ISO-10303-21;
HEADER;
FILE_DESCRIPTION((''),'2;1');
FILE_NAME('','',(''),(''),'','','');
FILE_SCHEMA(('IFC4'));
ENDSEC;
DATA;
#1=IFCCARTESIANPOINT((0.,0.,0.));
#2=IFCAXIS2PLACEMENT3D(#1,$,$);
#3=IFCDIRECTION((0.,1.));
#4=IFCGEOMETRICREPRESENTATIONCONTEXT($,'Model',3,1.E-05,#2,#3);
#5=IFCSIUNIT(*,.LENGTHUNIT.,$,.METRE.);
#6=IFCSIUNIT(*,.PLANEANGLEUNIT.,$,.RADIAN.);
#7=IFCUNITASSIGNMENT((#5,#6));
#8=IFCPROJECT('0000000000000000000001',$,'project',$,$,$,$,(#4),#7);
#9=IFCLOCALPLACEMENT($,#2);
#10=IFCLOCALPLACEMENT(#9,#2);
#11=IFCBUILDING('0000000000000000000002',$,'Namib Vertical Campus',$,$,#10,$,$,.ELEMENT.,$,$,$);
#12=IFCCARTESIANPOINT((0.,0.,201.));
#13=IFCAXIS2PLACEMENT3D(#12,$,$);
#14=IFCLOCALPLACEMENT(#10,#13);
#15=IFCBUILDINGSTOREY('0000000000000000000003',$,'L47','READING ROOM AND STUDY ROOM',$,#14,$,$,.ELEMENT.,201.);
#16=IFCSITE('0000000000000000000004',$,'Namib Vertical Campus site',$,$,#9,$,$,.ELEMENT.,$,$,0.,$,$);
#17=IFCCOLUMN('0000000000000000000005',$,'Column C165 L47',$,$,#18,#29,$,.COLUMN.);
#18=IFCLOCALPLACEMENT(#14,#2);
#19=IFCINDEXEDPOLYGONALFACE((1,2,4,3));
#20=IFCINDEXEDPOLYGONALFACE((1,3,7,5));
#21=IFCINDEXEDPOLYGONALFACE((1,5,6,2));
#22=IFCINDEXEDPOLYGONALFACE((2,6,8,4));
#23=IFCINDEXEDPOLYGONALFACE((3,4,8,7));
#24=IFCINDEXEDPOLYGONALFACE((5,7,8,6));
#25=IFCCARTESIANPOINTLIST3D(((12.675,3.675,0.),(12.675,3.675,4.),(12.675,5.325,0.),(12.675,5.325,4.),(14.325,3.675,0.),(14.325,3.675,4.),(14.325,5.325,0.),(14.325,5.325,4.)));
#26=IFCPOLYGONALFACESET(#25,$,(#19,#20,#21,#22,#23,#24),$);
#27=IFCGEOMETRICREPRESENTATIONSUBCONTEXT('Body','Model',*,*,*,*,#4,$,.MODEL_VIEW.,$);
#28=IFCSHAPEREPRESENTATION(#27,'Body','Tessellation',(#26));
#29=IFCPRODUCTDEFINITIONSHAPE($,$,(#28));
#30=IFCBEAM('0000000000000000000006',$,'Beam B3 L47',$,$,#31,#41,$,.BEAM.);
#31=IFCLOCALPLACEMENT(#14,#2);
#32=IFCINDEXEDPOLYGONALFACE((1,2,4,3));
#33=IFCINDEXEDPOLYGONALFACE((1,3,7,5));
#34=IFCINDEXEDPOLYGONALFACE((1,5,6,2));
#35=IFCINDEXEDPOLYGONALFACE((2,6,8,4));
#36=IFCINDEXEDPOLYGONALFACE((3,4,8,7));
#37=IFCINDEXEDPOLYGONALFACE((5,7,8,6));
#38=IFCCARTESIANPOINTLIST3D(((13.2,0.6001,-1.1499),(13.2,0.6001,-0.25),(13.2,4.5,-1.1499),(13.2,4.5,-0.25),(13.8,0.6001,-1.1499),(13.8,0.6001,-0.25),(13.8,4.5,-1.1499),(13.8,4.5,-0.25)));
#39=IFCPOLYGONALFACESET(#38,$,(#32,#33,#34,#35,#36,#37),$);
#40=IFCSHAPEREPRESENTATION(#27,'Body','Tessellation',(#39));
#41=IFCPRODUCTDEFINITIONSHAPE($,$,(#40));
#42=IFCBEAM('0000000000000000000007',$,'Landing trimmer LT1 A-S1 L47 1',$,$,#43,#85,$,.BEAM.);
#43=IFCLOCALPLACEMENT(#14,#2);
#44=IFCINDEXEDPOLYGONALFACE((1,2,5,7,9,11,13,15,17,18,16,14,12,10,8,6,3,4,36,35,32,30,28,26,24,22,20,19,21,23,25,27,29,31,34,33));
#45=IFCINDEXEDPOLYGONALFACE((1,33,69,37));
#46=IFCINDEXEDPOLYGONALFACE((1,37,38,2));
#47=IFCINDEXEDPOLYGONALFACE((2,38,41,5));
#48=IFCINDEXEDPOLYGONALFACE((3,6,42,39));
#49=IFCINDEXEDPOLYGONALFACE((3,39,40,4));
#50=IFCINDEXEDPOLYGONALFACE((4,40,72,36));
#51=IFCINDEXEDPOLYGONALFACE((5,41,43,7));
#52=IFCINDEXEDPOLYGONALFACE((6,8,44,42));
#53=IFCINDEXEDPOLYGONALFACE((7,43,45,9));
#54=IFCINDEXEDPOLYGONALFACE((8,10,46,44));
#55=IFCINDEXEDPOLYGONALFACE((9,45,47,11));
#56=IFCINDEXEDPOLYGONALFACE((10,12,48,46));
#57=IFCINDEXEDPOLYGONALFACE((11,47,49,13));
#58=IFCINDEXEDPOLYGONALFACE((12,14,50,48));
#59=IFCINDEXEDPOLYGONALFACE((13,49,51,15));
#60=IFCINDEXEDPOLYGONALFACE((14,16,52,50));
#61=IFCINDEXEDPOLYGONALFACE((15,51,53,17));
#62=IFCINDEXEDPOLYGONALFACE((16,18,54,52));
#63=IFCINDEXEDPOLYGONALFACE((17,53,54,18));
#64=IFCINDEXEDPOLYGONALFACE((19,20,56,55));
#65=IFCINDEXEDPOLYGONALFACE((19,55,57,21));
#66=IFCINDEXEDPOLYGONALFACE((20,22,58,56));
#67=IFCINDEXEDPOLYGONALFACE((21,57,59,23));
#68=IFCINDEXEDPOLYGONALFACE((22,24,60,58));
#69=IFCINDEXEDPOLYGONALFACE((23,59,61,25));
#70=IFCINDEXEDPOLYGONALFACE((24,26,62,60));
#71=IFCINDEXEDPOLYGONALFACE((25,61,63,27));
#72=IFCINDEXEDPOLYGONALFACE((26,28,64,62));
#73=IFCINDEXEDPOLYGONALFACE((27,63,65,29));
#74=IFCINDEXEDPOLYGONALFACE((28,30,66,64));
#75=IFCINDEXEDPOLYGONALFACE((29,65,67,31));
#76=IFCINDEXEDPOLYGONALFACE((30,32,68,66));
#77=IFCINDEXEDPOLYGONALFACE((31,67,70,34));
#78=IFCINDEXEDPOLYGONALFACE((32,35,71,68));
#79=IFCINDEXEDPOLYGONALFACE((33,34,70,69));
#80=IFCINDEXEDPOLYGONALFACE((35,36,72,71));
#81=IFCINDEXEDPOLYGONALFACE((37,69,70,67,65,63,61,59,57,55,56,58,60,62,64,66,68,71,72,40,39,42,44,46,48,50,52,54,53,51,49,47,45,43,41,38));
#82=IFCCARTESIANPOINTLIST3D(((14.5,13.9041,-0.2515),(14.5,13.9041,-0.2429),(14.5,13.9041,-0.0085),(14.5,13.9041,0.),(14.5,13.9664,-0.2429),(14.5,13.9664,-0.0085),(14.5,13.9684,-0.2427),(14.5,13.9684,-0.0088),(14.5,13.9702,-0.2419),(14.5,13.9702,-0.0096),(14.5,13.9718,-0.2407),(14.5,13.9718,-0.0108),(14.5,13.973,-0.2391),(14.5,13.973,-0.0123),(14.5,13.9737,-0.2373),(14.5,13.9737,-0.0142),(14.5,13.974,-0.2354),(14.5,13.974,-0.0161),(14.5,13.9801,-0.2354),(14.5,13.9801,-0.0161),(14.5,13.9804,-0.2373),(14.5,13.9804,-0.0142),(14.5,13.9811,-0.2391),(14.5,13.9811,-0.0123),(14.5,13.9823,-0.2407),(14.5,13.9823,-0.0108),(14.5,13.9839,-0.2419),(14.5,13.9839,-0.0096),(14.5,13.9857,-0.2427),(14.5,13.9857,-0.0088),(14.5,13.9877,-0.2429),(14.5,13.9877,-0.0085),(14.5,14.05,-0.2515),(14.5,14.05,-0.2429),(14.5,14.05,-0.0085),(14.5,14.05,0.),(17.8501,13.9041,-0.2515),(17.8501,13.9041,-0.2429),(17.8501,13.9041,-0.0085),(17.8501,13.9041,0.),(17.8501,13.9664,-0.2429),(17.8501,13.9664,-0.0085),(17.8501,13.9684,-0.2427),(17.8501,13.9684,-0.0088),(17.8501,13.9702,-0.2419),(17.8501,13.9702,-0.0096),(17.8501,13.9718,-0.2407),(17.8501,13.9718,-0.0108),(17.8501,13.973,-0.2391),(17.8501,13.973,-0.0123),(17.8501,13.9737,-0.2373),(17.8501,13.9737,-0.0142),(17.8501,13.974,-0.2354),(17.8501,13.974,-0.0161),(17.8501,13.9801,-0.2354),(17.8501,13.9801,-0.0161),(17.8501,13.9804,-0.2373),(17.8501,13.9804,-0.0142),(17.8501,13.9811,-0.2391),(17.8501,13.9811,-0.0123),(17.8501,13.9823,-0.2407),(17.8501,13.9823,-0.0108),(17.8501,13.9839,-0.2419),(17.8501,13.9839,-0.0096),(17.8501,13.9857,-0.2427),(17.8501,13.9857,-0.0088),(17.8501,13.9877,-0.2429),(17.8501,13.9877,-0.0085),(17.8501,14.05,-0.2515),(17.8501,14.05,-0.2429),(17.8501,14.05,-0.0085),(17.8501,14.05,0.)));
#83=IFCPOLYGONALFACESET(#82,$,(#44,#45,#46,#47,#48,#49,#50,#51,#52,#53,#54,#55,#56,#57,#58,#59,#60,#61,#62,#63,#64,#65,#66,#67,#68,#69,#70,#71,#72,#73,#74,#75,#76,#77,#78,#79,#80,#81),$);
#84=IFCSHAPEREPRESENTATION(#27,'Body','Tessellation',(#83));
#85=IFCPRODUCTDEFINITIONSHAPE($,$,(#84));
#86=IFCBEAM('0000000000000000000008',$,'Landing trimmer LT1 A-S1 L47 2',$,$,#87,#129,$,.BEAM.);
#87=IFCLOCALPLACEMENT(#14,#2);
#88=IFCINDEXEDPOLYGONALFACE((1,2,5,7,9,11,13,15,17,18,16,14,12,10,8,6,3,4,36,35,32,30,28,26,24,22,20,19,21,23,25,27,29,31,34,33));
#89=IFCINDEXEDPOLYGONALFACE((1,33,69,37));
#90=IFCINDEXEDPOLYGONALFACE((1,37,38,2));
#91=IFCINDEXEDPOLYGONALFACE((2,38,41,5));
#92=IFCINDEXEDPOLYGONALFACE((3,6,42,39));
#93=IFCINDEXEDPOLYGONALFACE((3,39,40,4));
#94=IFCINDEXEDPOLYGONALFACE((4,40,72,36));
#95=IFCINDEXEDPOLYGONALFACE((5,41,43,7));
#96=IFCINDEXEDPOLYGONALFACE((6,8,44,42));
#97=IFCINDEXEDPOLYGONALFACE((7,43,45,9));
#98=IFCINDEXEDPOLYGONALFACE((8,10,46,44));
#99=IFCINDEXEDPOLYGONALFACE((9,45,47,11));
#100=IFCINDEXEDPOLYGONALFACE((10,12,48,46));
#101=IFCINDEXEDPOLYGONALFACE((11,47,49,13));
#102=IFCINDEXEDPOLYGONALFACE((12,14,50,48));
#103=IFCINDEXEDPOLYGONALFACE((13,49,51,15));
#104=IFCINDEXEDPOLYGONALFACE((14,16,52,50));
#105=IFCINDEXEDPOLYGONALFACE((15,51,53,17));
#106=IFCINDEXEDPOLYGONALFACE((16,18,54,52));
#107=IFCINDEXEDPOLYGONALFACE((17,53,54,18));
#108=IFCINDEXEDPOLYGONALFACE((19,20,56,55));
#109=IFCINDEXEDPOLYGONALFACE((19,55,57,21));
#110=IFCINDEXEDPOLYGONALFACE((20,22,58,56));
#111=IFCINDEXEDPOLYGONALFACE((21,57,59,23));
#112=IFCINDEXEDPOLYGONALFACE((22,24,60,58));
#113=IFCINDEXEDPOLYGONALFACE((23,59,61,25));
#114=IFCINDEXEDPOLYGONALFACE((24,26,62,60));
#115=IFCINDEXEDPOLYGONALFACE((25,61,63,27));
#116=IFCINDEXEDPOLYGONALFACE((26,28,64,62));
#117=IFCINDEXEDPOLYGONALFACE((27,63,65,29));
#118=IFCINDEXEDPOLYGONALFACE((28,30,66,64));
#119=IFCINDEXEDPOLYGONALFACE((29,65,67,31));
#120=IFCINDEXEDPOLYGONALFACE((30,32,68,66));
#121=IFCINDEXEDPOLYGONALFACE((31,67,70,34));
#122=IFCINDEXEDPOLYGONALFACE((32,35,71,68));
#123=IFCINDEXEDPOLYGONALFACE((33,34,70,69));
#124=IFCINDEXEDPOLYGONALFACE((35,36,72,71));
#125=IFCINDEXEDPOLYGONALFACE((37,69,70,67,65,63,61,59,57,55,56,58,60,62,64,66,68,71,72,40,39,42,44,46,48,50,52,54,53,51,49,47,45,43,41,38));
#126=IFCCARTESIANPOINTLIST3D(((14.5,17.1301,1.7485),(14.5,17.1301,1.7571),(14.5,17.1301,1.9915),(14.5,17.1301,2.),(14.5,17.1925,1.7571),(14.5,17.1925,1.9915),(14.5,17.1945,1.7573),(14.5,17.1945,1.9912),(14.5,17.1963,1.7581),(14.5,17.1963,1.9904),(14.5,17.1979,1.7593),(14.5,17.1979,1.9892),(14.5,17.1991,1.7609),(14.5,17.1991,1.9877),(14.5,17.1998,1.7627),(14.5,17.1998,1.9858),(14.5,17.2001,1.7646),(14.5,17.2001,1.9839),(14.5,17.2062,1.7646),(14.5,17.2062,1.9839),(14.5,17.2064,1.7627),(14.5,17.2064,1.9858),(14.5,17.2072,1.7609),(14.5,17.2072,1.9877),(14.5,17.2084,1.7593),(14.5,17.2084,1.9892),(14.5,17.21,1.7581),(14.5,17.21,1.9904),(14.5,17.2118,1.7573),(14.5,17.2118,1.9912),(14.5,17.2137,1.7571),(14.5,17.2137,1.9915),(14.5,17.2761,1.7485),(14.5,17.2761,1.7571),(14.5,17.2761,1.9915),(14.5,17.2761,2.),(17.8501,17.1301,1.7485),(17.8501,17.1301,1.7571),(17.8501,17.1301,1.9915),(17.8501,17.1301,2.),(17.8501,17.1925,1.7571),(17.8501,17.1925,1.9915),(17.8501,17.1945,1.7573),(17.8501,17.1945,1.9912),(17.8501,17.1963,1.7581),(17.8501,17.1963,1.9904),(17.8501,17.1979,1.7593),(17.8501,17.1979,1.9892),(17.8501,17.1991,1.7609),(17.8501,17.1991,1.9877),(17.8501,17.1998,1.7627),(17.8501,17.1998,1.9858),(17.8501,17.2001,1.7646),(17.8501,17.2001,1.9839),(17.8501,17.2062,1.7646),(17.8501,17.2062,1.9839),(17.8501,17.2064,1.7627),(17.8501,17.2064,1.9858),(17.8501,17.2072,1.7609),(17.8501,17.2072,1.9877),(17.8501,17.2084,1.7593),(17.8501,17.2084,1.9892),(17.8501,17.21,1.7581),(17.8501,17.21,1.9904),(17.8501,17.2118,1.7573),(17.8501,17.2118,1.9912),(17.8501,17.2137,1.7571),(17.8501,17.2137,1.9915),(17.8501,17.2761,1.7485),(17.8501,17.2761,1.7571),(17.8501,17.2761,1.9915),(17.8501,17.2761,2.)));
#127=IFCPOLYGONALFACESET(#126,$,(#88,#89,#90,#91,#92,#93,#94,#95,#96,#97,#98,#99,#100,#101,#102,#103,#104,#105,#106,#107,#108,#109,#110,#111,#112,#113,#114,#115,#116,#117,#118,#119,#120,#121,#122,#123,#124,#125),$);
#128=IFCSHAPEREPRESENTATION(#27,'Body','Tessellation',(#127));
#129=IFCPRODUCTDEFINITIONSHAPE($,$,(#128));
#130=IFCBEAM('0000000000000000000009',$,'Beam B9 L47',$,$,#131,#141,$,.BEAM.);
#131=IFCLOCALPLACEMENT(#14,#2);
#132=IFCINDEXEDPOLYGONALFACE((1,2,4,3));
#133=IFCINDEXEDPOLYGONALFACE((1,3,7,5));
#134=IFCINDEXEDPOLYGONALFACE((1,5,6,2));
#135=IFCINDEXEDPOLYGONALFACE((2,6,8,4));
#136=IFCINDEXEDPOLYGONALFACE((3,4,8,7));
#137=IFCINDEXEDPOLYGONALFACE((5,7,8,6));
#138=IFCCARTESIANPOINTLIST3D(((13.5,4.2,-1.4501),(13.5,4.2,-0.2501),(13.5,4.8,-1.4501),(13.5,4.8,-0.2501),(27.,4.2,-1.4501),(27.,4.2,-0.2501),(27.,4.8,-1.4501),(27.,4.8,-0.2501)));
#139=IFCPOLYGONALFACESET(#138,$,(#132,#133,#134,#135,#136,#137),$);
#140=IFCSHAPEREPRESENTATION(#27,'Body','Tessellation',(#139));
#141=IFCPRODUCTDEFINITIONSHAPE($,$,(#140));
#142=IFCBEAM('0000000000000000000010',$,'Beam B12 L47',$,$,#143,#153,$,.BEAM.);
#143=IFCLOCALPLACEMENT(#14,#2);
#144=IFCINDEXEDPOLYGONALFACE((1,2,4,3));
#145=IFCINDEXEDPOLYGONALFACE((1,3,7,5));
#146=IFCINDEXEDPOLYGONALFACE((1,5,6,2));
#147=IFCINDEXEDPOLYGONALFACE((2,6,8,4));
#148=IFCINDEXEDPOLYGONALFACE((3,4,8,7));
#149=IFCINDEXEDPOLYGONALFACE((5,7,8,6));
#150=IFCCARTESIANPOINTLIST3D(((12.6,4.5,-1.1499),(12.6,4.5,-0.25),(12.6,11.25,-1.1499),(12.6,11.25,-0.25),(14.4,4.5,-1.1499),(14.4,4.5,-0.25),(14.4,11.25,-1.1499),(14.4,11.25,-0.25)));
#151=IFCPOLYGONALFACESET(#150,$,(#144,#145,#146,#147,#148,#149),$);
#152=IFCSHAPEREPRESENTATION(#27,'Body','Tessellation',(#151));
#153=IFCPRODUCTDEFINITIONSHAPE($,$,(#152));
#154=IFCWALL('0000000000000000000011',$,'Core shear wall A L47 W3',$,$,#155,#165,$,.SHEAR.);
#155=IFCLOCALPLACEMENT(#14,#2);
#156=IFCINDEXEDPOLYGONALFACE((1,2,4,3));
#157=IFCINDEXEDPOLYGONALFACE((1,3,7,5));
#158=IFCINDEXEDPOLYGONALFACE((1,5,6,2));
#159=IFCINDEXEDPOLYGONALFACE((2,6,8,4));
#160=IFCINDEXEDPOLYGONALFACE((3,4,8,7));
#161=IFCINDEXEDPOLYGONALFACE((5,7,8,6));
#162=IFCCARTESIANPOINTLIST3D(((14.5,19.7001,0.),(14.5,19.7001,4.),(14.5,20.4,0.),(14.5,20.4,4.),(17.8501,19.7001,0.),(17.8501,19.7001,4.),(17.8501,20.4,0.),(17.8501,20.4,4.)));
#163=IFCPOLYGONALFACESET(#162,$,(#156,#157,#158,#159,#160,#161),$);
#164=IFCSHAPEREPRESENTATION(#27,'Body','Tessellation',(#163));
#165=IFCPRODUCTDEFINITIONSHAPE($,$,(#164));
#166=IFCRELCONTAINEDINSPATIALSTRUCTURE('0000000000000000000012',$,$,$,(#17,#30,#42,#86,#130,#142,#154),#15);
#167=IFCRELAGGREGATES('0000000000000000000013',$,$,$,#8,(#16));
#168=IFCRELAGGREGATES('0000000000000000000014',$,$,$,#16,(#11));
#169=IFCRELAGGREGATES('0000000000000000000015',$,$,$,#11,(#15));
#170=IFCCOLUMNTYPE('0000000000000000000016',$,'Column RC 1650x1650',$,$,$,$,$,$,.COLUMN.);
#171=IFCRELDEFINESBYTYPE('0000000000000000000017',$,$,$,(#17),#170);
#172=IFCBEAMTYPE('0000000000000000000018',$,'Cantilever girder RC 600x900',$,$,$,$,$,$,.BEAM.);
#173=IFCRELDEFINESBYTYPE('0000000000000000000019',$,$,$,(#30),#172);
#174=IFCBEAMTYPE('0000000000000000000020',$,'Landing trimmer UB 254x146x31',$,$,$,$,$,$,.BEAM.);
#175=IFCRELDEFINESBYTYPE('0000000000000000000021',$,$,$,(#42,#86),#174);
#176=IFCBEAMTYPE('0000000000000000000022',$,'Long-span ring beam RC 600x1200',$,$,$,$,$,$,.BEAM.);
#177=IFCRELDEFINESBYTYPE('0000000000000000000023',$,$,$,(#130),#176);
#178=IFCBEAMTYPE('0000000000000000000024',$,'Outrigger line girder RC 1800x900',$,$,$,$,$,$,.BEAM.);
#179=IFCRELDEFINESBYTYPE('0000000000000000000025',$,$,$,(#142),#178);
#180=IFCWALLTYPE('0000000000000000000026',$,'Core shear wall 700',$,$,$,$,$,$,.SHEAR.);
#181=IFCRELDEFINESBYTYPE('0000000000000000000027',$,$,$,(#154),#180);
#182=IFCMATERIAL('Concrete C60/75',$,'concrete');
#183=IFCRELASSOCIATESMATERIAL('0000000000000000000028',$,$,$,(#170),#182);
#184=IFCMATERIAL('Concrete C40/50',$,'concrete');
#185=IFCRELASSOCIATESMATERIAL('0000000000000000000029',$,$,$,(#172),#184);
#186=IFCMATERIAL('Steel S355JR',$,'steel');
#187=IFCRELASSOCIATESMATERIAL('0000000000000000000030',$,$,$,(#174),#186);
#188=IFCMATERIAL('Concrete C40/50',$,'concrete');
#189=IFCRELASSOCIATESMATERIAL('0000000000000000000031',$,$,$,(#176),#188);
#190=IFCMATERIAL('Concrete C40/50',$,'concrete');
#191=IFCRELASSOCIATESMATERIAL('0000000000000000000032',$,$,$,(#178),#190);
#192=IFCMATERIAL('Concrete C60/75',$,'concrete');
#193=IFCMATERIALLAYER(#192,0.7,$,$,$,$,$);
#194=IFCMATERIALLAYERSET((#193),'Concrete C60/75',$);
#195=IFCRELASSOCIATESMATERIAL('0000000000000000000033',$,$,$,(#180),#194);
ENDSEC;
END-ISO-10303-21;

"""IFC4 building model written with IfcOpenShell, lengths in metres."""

from ifc_helpers import new_model, si_unit, direction, frame, frame_2d, origin, origin_2d, place, context, subcontext, project, spatial, rectangle, i_section, extrude, material, layer, layer_set, material_profile, profile_set, type_object, element, save


model = new_model("IFC4")

# Units and contexts
model_context = context("Model", 3, precision=1e-05, world=origin(), true_north=direction((0.0, 1.0)))
body_context = subcontext(model_context, "Body", "Model", "MODEL_VIEW")
ifc_project = project(units=[si_unit("LENGTHUNIT", "METRE"), si_unit("PLANEANGLEUNIT", "RADIAN")], contexts=[model_context])

# Site, building, storey
site_placement = place(None, origin())
site = spatial("IfcSite", under=ifc_project, at=site_placement, Name="Namib Vertical Campus site", CompositionType="ELEMENT", RefElevation=0.0)
building_placement = place(site_placement, origin())
building = spatial("IfcBuilding", under=site, at=building_placement, Name="Namib Vertical Campus", CompositionType="ELEMENT")
storey_placement = place(building_placement, frame((0.0, 0.0, 201.0)))
storey = spatial("IfcBuildingStorey", under=building, at=storey_placement, Name="L47", Description="READING ROOM AND STUDY ROOM", CompositionType="ELEMENT", Elevation=201.0)

# Column
ifc_material_1 = material(Name="Concrete C60/75", Category="concrete")
ifc_material_profile_1 = material_profile(ifc_material_1, rectangle(XDim=1.6499, YDim=1.6499, at=origin_2d()))
ifc_profile_set_1 = profile_set([ifc_material_profile_1], Name="Concrete C60/75")
column_type = type_object("IfcColumnType", Name="Column RC 1650x1650", PredefinedType="COLUMN", material=ifc_profile_set_1)
column_placement = place(storey_placement, frame((13.5, 4.5, 0.0), z_axis=(0.0, 0.0, 1.0), x_axis=(1.0, 0.0, 0.0)))
element("IfcColumn", 1, at=column_placement, inside=storey, type_object=column_type, Name="Column C165 L47", PredefinedType="COLUMN", context=body_context, shape_type="SweptSolid", body=[
    extrude(rectangle(XDim=1.6499, YDim=1.6499, at=origin_2d()), origin(), (0.0, 0.0, 1.0), 4.0),
])

# Beams
ifc_material_2 = material(Name="Concrete C40/50", Category="concrete")
ifc_material_profile_2 = material_profile(ifc_material_2, rectangle(XDim=0.6001, YDim=0.8999, at=origin_2d()))
ifc_profile_set_2 = profile_set([ifc_material_profile_2], Name="Concrete C40/50")
beam_type_1 = type_object("IfcBeamType", Name="Cantilever girder RC 600x900", PredefinedType="BEAM", material=ifc_profile_set_2)
beam_1_placement = place(storey_placement, frame((13.5, 4.5, -0.7), z_axis=(0.0, -1.0, 0.0), x_axis=(1.0, 0.0, 0.0)))
element("IfcBeam", 2, at=beam_1_placement, inside=storey, type_object=beam_type_1, Name="Beam B3 L47", PredefinedType="BEAM", context=body_context, shape_type="SweptSolid", body=[
    extrude(rectangle(XDim=0.6001, YDim=0.8999, at=origin_2d()), origin(), (0.0, 0.0, 1.0), 3.8999),
])
ifc_material_3 = material(Name="Steel S355JR", Category="steel")
ifc_material_profile_3 = material_profile(ifc_material_3, i_section(OverallWidth=0.146, OverallDepth=0.2515, WebThickness=0.0061, FlangeThickness=0.0085, FilletRadius=0.0076, at=origin_2d()))
ifc_profile_set_3 = profile_set([ifc_material_profile_3], Name="Steel S355JR")
beam_type_2 = type_object("IfcBeamType", Name="Landing trimmer UB 254x146x31", PredefinedType="BEAM", material=ifc_profile_set_3)
for number, where, z_axis, x_axis, name in (
    (3, (14.5, 13.9771, -0.1257), (1.0, 0.0, 0.0), (0.0, 1.0, 0.0), "Landing trimmer LT1 A-S1 L47 1"),
    (4, (14.5, 17.2031, 1.8743), (1.0, 0.0, 0.0), (0.0, 1.0, 0.0), "Landing trimmer LT1 A-S1 L47 2"),
):
    element("IfcBeam", number, at=place(storey_placement, frame(where, z_axis=z_axis, x_axis=x_axis)), inside=storey, type_object=beam_type_2, Name=name, PredefinedType="BEAM", context=body_context, shape_type="SweptSolid", body=[
        extrude(i_section(OverallWidth=0.146, OverallDepth=0.2515, WebThickness=0.0061, FlangeThickness=0.0085, FilletRadius=0.0076, at=origin_2d()), origin(), (0.0, 0.0, 1.0), 3.3501),
    ])
ifc_material_4 = material(Name="Concrete C40/50", Category="concrete")
ifc_material_profile_4 = material_profile(ifc_material_4, rectangle(XDim=0.6001, YDim=1.2, at=origin_2d()))
ifc_profile_set_4 = profile_set([ifc_material_profile_4], Name="Concrete C40/50")
beam_type_3 = type_object("IfcBeamType", Name="Long-span ring beam RC 600x1200", PredefinedType="BEAM", material=ifc_profile_set_4)
beam_2_placement = place(storey_placement, frame((13.5, 4.5, -0.8501), z_axis=(1.0, 0.0, 0.0), x_axis=(0.0, 1.0, 0.0)))
element("IfcBeam", 5, at=beam_2_placement, inside=storey, type_object=beam_type_3, Name="Beam B9 L47", PredefinedType="BEAM", context=body_context, shape_type="SweptSolid", body=[
    extrude(rectangle(XDim=0.6001, YDim=1.2, at=origin_2d()), origin(), (0.0, 0.0, 1.0), 13.5),
])
ifc_material_5 = material(Name="Concrete C40/50", Category="concrete")
ifc_material_profile_5 = material_profile(ifc_material_5, rectangle(XDim=1.8, YDim=0.8999, at=origin_2d()))
ifc_profile_set_5 = profile_set([ifc_material_profile_5], Name="Concrete C40/50")
beam_type_4 = type_object("IfcBeamType", Name="Outrigger line girder RC 1800x900", PredefinedType="BEAM", material=ifc_profile_set_5)
beam_3_placement = place(storey_placement, frame((13.5, 4.5, -0.7), z_axis=(0.0, 1.0, 0.0), x_axis=(-1.0, 0.0, 0.0)))
element("IfcBeam", 6, at=beam_3_placement, inside=storey, type_object=beam_type_4, Name="Beam B12 L47", PredefinedType="BEAM", context=body_context, shape_type="SweptSolid", body=[
    extrude(rectangle(XDim=1.8, YDim=0.8999, at=origin_2d()), origin(), (0.0, 0.0, 1.0), 6.75),
])

# Wall
ifc_material_6 = material(Name="Concrete C60/75", Category="concrete")
ifc_layer_1 = layer(ifc_material_6, 0.7)
ifc_layer_set_1 = layer_set([ifc_layer_1], Name="Concrete C60/75")
wall_type_1 = type_object("IfcWallType", Name="Core shear wall 700", PredefinedType="SHEAR", material=ifc_layer_set_1)
wall_1_placement = place(storey_placement, frame((14.5, 20.05, 0.0), z_axis=(0.0, 0.0, 1.0), x_axis=(1.0, 0.0, 0.0)))
element("IfcWall", 7, at=wall_1_placement, inside=storey, type_object=wall_type_1, Name="Core shear wall A L47 W3", PredefinedType="SHEAR", context=body_context, shape_type="SweptSolid", body=[
    extrude(rectangle(XDim=3.3501, YDim=0.7, at=frame_2d((1.675, 0.0))), origin(), (0.0, 0.0, 1.0), 4.0),
])

save(model, "model.ifc")
